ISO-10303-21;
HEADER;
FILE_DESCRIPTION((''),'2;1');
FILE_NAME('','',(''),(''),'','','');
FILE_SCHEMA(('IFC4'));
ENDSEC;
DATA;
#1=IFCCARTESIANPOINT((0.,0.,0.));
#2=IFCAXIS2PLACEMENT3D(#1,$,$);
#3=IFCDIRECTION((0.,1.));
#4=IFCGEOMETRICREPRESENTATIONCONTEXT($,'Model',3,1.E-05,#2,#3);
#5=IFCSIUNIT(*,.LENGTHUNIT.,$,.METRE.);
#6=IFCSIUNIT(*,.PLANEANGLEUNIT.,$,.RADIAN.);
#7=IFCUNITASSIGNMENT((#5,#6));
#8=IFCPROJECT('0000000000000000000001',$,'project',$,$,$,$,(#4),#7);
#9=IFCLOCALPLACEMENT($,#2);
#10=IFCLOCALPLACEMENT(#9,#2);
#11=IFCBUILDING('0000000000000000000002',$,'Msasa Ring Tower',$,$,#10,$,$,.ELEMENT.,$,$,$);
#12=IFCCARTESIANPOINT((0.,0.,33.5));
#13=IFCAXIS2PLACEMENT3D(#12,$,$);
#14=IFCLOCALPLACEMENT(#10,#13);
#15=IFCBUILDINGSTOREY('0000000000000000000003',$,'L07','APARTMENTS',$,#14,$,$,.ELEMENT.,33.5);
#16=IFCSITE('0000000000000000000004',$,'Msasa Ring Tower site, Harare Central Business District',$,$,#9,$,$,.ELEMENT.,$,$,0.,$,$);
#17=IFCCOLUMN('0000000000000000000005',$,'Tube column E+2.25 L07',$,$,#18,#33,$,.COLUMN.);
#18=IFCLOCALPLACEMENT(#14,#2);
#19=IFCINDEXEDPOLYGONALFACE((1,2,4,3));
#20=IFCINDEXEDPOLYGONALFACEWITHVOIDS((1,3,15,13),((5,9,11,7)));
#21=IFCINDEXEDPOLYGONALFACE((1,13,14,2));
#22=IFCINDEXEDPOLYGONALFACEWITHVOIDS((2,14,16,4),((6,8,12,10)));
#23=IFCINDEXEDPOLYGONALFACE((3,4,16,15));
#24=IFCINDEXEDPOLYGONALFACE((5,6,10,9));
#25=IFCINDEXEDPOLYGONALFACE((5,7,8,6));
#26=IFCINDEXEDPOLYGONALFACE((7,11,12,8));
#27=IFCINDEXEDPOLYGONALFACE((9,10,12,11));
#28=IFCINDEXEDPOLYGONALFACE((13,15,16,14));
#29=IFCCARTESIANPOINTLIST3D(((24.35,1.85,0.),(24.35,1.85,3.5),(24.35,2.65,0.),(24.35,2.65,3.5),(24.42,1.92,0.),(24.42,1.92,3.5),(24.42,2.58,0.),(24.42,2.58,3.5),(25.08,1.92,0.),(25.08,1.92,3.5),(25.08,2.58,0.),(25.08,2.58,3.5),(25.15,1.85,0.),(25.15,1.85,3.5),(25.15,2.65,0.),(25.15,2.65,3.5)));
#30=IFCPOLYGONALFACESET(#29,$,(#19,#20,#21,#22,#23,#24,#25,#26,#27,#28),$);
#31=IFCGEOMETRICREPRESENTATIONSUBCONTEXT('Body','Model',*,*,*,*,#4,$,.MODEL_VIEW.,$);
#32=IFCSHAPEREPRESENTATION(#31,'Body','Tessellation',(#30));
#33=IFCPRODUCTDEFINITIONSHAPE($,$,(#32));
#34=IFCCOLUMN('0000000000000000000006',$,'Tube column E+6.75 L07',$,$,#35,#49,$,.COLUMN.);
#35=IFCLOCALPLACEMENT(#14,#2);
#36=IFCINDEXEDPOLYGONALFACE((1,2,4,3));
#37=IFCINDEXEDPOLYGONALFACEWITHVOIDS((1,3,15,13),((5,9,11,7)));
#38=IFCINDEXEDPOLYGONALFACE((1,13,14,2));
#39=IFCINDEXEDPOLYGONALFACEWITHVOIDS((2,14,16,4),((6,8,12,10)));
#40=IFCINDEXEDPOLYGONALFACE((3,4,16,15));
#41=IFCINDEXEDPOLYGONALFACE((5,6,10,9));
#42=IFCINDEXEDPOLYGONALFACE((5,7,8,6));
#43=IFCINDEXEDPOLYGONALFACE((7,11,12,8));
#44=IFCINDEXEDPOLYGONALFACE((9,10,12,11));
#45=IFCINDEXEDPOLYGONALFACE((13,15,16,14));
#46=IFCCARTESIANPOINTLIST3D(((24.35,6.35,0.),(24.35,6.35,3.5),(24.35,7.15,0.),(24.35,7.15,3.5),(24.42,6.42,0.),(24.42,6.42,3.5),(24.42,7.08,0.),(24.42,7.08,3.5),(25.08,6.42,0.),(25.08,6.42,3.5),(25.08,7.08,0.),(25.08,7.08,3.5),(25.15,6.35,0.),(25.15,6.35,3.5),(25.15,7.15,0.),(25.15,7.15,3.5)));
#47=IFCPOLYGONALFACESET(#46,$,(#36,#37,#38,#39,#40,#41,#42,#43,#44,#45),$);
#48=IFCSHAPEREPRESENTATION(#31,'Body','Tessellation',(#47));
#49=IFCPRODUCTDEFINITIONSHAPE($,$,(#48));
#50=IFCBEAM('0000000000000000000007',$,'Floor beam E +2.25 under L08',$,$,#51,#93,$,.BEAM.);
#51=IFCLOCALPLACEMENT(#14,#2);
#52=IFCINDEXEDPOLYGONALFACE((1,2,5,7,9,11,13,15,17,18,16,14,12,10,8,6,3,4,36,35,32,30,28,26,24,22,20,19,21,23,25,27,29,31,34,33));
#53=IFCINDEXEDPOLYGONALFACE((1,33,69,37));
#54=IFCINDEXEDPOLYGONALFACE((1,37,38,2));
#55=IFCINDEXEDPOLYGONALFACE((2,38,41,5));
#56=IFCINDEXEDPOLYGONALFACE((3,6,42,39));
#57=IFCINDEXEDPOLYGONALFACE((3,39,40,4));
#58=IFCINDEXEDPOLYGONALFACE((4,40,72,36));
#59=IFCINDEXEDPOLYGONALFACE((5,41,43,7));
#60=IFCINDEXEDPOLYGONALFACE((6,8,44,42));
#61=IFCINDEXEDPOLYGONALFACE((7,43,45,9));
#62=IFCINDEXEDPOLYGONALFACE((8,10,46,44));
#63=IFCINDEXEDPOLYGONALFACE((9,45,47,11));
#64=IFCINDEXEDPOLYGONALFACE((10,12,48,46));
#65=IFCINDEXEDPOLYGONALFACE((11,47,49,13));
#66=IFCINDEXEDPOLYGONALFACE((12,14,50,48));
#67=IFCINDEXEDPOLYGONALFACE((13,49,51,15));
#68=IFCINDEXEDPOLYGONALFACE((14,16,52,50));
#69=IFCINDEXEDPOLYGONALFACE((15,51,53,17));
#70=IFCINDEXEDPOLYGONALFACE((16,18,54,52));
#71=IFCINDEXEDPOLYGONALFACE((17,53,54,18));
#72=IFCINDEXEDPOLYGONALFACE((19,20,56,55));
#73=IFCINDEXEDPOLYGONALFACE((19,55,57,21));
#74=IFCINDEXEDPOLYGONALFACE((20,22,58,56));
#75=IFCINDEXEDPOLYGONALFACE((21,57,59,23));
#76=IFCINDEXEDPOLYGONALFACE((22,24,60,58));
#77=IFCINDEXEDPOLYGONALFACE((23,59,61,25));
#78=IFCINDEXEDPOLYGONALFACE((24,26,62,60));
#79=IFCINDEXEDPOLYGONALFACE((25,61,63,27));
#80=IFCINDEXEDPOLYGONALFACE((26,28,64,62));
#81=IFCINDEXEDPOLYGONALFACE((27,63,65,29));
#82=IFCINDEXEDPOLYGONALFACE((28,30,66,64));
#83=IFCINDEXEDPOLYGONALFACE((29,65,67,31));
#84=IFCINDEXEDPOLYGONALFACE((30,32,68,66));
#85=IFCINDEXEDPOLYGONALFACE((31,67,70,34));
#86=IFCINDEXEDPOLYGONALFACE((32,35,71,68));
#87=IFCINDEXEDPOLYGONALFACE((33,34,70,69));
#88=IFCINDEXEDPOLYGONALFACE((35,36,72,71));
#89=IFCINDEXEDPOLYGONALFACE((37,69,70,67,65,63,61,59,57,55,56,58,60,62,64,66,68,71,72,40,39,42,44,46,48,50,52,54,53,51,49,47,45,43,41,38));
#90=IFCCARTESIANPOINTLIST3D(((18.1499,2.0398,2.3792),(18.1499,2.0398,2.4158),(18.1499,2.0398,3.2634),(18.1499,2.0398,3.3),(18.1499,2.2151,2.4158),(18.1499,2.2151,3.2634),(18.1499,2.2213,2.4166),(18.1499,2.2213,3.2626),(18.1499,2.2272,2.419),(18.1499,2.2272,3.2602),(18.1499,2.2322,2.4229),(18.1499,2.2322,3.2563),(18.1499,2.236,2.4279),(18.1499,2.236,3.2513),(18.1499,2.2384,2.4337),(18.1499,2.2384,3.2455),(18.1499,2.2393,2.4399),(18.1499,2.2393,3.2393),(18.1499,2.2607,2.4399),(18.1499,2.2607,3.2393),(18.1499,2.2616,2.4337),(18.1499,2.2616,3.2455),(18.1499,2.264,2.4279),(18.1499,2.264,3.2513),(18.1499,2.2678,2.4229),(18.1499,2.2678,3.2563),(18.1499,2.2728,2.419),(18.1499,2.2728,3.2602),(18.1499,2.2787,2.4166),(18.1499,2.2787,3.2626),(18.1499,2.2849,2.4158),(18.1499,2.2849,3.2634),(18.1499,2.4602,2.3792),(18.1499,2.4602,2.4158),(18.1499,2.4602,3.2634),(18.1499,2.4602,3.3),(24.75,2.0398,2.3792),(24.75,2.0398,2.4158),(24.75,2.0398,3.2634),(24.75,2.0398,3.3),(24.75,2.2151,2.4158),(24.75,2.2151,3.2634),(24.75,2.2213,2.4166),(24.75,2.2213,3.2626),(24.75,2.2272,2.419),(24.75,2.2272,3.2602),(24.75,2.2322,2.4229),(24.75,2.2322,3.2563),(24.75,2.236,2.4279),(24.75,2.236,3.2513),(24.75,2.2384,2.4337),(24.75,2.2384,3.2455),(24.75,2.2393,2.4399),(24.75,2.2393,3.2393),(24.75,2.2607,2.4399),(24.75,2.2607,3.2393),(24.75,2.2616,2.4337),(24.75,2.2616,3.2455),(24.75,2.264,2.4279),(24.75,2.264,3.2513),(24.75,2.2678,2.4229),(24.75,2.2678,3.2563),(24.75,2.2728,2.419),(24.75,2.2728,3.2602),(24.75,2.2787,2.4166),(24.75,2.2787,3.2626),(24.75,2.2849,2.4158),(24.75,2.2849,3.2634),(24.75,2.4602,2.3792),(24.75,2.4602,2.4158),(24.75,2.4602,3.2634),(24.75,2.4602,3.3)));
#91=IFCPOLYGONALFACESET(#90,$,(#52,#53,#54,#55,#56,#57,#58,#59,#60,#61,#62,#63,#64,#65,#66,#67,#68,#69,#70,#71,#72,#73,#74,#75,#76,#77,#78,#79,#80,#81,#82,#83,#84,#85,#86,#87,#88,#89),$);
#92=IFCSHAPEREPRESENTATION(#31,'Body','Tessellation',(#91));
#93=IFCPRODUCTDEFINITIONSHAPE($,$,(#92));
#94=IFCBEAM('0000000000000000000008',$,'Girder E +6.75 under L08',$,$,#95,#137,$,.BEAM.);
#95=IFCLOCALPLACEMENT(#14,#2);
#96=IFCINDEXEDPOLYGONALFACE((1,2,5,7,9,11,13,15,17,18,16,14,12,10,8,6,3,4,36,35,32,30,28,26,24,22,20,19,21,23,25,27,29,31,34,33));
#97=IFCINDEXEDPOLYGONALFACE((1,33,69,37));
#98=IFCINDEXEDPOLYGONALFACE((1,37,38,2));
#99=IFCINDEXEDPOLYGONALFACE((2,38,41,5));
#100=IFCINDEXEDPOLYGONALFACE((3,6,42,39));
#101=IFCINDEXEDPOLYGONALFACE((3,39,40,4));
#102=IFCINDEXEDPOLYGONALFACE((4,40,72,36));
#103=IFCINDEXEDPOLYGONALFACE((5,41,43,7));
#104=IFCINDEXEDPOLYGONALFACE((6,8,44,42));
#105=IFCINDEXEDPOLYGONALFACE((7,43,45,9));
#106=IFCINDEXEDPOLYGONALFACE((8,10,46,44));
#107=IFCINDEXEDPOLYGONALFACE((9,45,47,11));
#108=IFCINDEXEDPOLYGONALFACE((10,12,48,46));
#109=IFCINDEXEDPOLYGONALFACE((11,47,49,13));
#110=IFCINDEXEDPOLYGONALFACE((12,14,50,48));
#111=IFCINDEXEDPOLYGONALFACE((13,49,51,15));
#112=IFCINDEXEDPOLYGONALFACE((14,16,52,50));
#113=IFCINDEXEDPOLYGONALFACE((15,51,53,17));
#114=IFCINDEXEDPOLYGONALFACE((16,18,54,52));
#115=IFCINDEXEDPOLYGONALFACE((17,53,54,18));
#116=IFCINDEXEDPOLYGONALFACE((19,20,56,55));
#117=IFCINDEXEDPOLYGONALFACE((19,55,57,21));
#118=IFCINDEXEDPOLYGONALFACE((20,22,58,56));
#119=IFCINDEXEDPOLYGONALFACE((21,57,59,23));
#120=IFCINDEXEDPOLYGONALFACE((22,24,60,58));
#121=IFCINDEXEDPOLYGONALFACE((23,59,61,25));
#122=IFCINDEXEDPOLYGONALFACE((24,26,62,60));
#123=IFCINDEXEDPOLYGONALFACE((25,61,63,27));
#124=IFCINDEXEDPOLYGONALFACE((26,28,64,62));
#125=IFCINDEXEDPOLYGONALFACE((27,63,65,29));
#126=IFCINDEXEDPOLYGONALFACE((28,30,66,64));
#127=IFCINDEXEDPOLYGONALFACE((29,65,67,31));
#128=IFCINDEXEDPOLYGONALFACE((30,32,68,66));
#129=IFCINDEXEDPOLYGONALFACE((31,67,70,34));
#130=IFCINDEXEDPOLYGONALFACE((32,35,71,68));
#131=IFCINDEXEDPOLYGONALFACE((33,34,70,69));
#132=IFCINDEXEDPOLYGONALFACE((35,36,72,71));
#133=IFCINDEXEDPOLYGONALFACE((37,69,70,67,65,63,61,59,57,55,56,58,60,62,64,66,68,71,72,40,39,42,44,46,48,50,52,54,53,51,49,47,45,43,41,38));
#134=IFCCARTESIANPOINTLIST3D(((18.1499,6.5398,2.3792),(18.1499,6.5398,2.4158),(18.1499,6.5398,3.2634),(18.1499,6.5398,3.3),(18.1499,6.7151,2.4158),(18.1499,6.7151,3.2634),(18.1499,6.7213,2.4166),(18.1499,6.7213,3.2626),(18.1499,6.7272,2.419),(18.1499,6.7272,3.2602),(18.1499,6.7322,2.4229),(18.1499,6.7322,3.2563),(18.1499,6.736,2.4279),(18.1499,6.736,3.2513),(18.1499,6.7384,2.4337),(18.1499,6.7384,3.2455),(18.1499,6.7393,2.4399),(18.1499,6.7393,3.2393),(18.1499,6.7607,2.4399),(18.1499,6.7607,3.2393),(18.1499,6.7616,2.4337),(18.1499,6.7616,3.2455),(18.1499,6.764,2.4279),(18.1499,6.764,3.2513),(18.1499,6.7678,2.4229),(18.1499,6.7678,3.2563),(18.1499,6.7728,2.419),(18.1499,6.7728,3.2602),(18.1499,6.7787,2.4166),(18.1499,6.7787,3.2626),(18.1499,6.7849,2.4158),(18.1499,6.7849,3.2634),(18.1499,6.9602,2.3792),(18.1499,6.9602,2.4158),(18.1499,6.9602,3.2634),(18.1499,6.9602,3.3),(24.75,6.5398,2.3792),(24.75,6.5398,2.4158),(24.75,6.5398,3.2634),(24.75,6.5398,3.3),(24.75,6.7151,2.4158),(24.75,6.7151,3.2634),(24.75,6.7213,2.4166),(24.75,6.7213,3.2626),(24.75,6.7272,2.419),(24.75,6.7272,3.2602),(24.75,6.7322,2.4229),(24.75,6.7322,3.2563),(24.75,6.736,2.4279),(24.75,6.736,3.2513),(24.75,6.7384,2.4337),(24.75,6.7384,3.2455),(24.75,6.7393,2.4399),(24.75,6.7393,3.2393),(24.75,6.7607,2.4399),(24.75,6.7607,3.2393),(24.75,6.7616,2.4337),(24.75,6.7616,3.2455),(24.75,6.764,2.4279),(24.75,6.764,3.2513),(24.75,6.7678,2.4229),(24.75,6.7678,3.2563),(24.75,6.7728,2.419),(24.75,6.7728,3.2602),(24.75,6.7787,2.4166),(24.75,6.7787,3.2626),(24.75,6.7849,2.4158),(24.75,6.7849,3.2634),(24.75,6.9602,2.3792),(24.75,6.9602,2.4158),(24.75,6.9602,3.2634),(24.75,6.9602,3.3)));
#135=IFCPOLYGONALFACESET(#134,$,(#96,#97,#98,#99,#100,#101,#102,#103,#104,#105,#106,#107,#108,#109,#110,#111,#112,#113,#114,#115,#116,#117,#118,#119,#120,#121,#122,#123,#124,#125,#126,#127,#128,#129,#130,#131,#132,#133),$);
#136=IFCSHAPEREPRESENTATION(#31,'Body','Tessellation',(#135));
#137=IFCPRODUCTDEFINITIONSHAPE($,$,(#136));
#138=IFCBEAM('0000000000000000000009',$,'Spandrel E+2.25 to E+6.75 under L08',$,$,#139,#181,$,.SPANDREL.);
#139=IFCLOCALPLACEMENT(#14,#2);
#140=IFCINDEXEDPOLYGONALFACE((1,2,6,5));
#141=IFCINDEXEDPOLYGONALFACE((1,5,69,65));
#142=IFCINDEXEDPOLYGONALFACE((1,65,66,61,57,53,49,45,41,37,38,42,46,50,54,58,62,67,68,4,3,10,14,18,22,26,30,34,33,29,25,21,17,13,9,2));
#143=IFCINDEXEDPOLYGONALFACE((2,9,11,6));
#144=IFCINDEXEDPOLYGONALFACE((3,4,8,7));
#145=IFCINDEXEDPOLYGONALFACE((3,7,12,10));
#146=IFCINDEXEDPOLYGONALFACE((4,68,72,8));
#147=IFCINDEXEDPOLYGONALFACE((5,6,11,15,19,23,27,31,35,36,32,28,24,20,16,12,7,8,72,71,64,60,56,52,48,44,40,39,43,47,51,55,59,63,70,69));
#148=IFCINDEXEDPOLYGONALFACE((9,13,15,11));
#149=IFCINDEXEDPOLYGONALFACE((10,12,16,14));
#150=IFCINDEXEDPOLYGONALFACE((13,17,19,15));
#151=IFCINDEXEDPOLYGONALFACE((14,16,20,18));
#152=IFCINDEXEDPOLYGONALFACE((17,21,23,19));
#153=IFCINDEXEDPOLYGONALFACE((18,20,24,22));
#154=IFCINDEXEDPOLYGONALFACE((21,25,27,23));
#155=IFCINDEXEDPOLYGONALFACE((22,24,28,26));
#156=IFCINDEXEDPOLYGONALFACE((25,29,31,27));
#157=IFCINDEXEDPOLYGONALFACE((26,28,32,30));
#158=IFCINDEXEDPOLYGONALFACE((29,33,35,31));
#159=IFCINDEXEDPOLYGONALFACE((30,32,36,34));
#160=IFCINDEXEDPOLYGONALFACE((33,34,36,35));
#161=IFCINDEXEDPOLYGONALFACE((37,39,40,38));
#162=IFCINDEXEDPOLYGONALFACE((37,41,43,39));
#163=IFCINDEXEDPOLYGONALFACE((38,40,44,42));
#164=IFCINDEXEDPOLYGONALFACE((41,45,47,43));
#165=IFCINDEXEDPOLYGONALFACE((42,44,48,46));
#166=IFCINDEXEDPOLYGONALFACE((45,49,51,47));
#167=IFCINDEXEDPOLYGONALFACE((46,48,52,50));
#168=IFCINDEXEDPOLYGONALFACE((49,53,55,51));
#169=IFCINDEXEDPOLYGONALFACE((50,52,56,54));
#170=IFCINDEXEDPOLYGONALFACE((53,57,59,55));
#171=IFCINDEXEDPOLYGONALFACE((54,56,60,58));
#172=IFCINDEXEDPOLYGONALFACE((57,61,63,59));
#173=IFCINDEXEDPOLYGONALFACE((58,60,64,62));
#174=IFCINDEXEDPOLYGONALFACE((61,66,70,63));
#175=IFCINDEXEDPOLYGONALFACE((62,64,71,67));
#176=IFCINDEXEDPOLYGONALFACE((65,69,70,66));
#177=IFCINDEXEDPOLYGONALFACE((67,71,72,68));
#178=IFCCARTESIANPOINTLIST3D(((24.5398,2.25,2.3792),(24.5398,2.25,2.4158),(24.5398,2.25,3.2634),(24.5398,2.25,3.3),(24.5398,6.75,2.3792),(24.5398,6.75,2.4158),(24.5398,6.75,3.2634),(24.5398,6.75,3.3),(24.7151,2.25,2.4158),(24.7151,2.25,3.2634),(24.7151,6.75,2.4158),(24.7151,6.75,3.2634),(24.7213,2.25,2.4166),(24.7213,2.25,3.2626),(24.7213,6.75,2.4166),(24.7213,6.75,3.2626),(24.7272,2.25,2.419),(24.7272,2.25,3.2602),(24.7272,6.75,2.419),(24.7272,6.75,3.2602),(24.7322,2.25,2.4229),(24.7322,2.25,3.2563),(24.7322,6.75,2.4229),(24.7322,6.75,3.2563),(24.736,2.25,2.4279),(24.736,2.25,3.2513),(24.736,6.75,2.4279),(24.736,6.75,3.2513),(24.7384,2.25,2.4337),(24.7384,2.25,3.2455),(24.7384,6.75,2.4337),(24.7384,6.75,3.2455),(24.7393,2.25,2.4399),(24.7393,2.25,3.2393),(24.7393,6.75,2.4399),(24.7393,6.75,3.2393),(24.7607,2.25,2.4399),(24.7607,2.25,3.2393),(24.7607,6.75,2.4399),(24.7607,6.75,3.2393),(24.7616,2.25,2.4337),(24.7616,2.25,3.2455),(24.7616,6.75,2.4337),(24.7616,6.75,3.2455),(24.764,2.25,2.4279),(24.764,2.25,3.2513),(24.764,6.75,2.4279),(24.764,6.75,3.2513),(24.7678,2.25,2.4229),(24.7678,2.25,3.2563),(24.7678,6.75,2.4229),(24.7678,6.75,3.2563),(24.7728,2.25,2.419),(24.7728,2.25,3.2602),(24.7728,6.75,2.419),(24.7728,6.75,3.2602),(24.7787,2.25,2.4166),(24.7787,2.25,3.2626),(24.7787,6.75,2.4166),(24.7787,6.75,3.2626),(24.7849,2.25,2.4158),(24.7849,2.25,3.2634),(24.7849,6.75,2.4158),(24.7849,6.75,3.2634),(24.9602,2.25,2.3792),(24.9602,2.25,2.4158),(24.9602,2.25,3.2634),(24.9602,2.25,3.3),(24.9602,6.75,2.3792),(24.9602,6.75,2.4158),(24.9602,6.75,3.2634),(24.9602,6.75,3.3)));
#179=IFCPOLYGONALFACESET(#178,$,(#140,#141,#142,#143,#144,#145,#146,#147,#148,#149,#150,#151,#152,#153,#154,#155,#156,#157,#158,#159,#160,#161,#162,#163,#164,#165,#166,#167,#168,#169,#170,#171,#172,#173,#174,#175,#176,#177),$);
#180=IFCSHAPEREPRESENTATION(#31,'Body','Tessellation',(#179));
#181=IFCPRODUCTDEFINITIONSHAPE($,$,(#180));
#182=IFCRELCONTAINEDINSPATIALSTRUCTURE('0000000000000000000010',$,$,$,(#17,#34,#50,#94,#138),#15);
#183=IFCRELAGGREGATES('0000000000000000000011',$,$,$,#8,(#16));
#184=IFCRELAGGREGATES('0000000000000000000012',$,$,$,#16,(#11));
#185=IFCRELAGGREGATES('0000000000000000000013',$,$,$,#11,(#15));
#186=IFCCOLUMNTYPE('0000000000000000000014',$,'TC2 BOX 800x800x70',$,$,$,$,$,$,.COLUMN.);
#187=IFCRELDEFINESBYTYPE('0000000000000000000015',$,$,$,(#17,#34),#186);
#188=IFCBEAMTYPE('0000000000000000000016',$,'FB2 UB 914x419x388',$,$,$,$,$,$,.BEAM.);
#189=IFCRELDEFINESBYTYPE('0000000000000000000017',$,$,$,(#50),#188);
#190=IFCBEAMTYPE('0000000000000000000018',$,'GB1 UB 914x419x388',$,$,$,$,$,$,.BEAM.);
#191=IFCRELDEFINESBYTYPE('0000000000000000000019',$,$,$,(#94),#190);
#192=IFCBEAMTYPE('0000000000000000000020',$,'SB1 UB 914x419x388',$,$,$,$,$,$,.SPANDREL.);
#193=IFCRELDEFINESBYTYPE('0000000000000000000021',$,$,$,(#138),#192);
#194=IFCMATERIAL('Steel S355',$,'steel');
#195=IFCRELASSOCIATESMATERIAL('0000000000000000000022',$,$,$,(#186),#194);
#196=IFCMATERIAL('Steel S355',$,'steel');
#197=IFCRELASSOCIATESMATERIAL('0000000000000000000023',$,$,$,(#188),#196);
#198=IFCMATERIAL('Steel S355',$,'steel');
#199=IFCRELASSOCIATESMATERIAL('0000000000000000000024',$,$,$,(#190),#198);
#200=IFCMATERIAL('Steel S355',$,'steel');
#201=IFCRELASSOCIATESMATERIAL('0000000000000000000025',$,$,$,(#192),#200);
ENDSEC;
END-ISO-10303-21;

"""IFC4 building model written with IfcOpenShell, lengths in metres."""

from ifc_helpers import new_model, si_unit, direction, frame, origin, origin_2d, place, context, subcontext, project, spatial, hollow_rectangle, i_section, extrude, material, material_profile, profile_set, type_object, element, save


model = new_model("IFC4")

# Units and contexts
model_context = context("Model", 3, precision=1e-05, world=origin(), true_north=direction((0.0, 1.0)))
body_context = subcontext(model_context, "Body", "Model", "MODEL_VIEW")
ifc_project = project(units=[si_unit("LENGTHUNIT", "METRE"), si_unit("PLANEANGLEUNIT", "RADIAN")], contexts=[model_context])

# Site, building, storey
site_placement = place(None, origin())
site = spatial("IfcSite", under=ifc_project, at=site_placement, Name="Msasa Ring Tower site, Harare Central Business District", CompositionType="ELEMENT", RefElevation=0.0)
building_placement = place(site_placement, origin())
building = spatial("IfcBuilding", under=site, at=building_placement, Name="Msasa Ring Tower", CompositionType="ELEMENT")
storey_placement = place(building_placement, frame((0.0, 0.0, 33.5)))
storey = spatial("IfcBuildingStorey", under=building, at=storey_placement, Name="L07", Description="APARTMENTS", CompositionType="ELEMENT", Elevation=33.5)

# Columns
ifc_material_1 = material(Name="Steel S355", Category="steel")
ifc_material_profile_1 = material_profile(ifc_material_1, hollow_rectangle(XDim=0.8, YDim=0.8, WallThickness=0.0701, at=origin_2d()), Name="BOX 800x800x70")
ifc_profile_set_1 = profile_set([ifc_material_profile_1], Name="Steel S355")
column_type = type_object("IfcColumnType", Name="TC2 BOX 800x800x70", PredefinedType="COLUMN", material=ifc_profile_set_1)
for number, where, z_axis, x_axis, name in (
    (1, (24.75, 2.25, 0.0), (0.0, 0.0, 1.0), (1.0, 0.0, 0.0), "Tube column E+2.25 L07"),
    (2, (24.75, 6.75, 0.0), (0.0, 0.0, 1.0), (1.0, 0.0, 0.0), "Tube column E+6.75 L07"),
):
    element("IfcColumn", number, at=place(storey_placement, frame(where, z_axis=z_axis, x_axis=x_axis)), inside=storey, type_object=column_type, Name=name, PredefinedType="COLUMN", context=body_context, shape_type="SweptSolid", body=[
        extrude(hollow_rectangle(XDim=0.8, YDim=0.8, WallThickness=0.0701, at=origin_2d()), origin(), (0.0, 0.0, 1.0), 3.5),
    ])

# Beams
ifc_material_2 = material(Name="Steel S355", Category="steel")
ifc_material_profile_2 = material_profile(ifc_material_2, i_section(OverallWidth=0.4204, OverallDepth=0.9209, WebThickness=0.0215, FlangeThickness=0.0366, FilletRadius=0.0242, at=origin_2d()), Name="UB 914x419x388")
ifc_profile_set_2 = profile_set([ifc_material_profile_2], Name="Steel S355")
beam_type_1 = type_object("IfcBeamType", Name="FB2 UB 914x419x388", PredefinedType="BEAM", material=ifc_profile_set_2)
beam_1_placement = place(storey_placement, frame((24.75, 2.25, 2.8396), z_axis=(-1.0, 0.0, 0.0), x_axis=(0.0, -1.0, 0.0)))
element("IfcBeam", 3, at=beam_1_placement, inside=storey, type_object=beam_type_1, Name="Floor beam E +2.25 under L08", PredefinedType="BEAM", context=body_context, shape_type="SweptSolid", body=[
    extrude(i_section(OverallWidth=0.4204, OverallDepth=0.9209, WebThickness=0.0215, FlangeThickness=0.0366, FilletRadius=0.0242, at=origin_2d()), origin(), (0.0, 0.0, 1.0), 6.6001),
])
ifc_material_3 = material(Name="Steel S355", Category="steel")
ifc_material_profile_3 = material_profile(ifc_material_3, i_section(OverallWidth=0.4204, OverallDepth=0.9209, WebThickness=0.0215, FlangeThickness=0.0366, FilletRadius=0.0242, at=origin_2d()), Name="UB 914x419x388")
ifc_profile_set_3 = profile_set([ifc_material_profile_3], Name="Steel S355")
beam_type_2 = type_object("IfcBeamType", Name="GB1 UB 914x419x388", PredefinedType="BEAM", material=ifc_profile_set_3)
beam_2_placement = place(storey_placement, frame((18.1499, 6.75, 2.8396), z_axis=(1.0, 0.0, 0.0), x_axis=(0.0, 1.0, 0.0)))
element("IfcBeam", 4, at=beam_2_placement, inside=storey, type_object=beam_type_2, Name="Girder E +6.75 under L08", PredefinedType="BEAM", context=body_context, shape_type="SweptSolid", body=[
    extrude(i_section(OverallWidth=0.4204, OverallDepth=0.9209, WebThickness=0.0215, FlangeThickness=0.0366, FilletRadius=0.0242, at=origin_2d()), origin(), (0.0, 0.0, 1.0), 6.6001),
])
ifc_material_4 = material(Name="Steel S355", Category="steel")
ifc_material_profile_4 = material_profile(ifc_material_4, i_section(OverallWidth=0.4204, OverallDepth=0.9209, WebThickness=0.0215, FlangeThickness=0.0366, FilletRadius=0.0242, at=origin_2d()), Name="UB 914x419x388")
ifc_profile_set_4 = profile_set([ifc_material_profile_4], Name="Steel S355")
beam_type_3 = type_object("IfcBeamType", Name="SB1 UB 914x419x388", PredefinedType="SPANDREL", material=ifc_profile_set_4)
for number, where, z_axis, x_axis, name in (
    (5, (24.75, 2.25, 2.8396), (0.0, 1.0, 0.0), (-1.0, 0.0, 0.0), "Spandrel E+2.25 to E+6.75 under L08"),
):
    element("IfcBeam", number, at=place(storey_placement, frame(where, z_axis=z_axis, x_axis=x_axis)), inside=storey, type_object=beam_type_3, Name=name, PredefinedType="SPANDREL", context=body_context, shape_type="SweptSolid", body=[
        extrude(i_section(OverallWidth=0.4204, OverallDepth=0.9209, WebThickness=0.0215, FlangeThickness=0.0366, FilletRadius=0.0242, at=origin_2d()), origin(), (0.0, 0.0, 1.0), 4.5),
    ])

save(model, "model.ifc")
